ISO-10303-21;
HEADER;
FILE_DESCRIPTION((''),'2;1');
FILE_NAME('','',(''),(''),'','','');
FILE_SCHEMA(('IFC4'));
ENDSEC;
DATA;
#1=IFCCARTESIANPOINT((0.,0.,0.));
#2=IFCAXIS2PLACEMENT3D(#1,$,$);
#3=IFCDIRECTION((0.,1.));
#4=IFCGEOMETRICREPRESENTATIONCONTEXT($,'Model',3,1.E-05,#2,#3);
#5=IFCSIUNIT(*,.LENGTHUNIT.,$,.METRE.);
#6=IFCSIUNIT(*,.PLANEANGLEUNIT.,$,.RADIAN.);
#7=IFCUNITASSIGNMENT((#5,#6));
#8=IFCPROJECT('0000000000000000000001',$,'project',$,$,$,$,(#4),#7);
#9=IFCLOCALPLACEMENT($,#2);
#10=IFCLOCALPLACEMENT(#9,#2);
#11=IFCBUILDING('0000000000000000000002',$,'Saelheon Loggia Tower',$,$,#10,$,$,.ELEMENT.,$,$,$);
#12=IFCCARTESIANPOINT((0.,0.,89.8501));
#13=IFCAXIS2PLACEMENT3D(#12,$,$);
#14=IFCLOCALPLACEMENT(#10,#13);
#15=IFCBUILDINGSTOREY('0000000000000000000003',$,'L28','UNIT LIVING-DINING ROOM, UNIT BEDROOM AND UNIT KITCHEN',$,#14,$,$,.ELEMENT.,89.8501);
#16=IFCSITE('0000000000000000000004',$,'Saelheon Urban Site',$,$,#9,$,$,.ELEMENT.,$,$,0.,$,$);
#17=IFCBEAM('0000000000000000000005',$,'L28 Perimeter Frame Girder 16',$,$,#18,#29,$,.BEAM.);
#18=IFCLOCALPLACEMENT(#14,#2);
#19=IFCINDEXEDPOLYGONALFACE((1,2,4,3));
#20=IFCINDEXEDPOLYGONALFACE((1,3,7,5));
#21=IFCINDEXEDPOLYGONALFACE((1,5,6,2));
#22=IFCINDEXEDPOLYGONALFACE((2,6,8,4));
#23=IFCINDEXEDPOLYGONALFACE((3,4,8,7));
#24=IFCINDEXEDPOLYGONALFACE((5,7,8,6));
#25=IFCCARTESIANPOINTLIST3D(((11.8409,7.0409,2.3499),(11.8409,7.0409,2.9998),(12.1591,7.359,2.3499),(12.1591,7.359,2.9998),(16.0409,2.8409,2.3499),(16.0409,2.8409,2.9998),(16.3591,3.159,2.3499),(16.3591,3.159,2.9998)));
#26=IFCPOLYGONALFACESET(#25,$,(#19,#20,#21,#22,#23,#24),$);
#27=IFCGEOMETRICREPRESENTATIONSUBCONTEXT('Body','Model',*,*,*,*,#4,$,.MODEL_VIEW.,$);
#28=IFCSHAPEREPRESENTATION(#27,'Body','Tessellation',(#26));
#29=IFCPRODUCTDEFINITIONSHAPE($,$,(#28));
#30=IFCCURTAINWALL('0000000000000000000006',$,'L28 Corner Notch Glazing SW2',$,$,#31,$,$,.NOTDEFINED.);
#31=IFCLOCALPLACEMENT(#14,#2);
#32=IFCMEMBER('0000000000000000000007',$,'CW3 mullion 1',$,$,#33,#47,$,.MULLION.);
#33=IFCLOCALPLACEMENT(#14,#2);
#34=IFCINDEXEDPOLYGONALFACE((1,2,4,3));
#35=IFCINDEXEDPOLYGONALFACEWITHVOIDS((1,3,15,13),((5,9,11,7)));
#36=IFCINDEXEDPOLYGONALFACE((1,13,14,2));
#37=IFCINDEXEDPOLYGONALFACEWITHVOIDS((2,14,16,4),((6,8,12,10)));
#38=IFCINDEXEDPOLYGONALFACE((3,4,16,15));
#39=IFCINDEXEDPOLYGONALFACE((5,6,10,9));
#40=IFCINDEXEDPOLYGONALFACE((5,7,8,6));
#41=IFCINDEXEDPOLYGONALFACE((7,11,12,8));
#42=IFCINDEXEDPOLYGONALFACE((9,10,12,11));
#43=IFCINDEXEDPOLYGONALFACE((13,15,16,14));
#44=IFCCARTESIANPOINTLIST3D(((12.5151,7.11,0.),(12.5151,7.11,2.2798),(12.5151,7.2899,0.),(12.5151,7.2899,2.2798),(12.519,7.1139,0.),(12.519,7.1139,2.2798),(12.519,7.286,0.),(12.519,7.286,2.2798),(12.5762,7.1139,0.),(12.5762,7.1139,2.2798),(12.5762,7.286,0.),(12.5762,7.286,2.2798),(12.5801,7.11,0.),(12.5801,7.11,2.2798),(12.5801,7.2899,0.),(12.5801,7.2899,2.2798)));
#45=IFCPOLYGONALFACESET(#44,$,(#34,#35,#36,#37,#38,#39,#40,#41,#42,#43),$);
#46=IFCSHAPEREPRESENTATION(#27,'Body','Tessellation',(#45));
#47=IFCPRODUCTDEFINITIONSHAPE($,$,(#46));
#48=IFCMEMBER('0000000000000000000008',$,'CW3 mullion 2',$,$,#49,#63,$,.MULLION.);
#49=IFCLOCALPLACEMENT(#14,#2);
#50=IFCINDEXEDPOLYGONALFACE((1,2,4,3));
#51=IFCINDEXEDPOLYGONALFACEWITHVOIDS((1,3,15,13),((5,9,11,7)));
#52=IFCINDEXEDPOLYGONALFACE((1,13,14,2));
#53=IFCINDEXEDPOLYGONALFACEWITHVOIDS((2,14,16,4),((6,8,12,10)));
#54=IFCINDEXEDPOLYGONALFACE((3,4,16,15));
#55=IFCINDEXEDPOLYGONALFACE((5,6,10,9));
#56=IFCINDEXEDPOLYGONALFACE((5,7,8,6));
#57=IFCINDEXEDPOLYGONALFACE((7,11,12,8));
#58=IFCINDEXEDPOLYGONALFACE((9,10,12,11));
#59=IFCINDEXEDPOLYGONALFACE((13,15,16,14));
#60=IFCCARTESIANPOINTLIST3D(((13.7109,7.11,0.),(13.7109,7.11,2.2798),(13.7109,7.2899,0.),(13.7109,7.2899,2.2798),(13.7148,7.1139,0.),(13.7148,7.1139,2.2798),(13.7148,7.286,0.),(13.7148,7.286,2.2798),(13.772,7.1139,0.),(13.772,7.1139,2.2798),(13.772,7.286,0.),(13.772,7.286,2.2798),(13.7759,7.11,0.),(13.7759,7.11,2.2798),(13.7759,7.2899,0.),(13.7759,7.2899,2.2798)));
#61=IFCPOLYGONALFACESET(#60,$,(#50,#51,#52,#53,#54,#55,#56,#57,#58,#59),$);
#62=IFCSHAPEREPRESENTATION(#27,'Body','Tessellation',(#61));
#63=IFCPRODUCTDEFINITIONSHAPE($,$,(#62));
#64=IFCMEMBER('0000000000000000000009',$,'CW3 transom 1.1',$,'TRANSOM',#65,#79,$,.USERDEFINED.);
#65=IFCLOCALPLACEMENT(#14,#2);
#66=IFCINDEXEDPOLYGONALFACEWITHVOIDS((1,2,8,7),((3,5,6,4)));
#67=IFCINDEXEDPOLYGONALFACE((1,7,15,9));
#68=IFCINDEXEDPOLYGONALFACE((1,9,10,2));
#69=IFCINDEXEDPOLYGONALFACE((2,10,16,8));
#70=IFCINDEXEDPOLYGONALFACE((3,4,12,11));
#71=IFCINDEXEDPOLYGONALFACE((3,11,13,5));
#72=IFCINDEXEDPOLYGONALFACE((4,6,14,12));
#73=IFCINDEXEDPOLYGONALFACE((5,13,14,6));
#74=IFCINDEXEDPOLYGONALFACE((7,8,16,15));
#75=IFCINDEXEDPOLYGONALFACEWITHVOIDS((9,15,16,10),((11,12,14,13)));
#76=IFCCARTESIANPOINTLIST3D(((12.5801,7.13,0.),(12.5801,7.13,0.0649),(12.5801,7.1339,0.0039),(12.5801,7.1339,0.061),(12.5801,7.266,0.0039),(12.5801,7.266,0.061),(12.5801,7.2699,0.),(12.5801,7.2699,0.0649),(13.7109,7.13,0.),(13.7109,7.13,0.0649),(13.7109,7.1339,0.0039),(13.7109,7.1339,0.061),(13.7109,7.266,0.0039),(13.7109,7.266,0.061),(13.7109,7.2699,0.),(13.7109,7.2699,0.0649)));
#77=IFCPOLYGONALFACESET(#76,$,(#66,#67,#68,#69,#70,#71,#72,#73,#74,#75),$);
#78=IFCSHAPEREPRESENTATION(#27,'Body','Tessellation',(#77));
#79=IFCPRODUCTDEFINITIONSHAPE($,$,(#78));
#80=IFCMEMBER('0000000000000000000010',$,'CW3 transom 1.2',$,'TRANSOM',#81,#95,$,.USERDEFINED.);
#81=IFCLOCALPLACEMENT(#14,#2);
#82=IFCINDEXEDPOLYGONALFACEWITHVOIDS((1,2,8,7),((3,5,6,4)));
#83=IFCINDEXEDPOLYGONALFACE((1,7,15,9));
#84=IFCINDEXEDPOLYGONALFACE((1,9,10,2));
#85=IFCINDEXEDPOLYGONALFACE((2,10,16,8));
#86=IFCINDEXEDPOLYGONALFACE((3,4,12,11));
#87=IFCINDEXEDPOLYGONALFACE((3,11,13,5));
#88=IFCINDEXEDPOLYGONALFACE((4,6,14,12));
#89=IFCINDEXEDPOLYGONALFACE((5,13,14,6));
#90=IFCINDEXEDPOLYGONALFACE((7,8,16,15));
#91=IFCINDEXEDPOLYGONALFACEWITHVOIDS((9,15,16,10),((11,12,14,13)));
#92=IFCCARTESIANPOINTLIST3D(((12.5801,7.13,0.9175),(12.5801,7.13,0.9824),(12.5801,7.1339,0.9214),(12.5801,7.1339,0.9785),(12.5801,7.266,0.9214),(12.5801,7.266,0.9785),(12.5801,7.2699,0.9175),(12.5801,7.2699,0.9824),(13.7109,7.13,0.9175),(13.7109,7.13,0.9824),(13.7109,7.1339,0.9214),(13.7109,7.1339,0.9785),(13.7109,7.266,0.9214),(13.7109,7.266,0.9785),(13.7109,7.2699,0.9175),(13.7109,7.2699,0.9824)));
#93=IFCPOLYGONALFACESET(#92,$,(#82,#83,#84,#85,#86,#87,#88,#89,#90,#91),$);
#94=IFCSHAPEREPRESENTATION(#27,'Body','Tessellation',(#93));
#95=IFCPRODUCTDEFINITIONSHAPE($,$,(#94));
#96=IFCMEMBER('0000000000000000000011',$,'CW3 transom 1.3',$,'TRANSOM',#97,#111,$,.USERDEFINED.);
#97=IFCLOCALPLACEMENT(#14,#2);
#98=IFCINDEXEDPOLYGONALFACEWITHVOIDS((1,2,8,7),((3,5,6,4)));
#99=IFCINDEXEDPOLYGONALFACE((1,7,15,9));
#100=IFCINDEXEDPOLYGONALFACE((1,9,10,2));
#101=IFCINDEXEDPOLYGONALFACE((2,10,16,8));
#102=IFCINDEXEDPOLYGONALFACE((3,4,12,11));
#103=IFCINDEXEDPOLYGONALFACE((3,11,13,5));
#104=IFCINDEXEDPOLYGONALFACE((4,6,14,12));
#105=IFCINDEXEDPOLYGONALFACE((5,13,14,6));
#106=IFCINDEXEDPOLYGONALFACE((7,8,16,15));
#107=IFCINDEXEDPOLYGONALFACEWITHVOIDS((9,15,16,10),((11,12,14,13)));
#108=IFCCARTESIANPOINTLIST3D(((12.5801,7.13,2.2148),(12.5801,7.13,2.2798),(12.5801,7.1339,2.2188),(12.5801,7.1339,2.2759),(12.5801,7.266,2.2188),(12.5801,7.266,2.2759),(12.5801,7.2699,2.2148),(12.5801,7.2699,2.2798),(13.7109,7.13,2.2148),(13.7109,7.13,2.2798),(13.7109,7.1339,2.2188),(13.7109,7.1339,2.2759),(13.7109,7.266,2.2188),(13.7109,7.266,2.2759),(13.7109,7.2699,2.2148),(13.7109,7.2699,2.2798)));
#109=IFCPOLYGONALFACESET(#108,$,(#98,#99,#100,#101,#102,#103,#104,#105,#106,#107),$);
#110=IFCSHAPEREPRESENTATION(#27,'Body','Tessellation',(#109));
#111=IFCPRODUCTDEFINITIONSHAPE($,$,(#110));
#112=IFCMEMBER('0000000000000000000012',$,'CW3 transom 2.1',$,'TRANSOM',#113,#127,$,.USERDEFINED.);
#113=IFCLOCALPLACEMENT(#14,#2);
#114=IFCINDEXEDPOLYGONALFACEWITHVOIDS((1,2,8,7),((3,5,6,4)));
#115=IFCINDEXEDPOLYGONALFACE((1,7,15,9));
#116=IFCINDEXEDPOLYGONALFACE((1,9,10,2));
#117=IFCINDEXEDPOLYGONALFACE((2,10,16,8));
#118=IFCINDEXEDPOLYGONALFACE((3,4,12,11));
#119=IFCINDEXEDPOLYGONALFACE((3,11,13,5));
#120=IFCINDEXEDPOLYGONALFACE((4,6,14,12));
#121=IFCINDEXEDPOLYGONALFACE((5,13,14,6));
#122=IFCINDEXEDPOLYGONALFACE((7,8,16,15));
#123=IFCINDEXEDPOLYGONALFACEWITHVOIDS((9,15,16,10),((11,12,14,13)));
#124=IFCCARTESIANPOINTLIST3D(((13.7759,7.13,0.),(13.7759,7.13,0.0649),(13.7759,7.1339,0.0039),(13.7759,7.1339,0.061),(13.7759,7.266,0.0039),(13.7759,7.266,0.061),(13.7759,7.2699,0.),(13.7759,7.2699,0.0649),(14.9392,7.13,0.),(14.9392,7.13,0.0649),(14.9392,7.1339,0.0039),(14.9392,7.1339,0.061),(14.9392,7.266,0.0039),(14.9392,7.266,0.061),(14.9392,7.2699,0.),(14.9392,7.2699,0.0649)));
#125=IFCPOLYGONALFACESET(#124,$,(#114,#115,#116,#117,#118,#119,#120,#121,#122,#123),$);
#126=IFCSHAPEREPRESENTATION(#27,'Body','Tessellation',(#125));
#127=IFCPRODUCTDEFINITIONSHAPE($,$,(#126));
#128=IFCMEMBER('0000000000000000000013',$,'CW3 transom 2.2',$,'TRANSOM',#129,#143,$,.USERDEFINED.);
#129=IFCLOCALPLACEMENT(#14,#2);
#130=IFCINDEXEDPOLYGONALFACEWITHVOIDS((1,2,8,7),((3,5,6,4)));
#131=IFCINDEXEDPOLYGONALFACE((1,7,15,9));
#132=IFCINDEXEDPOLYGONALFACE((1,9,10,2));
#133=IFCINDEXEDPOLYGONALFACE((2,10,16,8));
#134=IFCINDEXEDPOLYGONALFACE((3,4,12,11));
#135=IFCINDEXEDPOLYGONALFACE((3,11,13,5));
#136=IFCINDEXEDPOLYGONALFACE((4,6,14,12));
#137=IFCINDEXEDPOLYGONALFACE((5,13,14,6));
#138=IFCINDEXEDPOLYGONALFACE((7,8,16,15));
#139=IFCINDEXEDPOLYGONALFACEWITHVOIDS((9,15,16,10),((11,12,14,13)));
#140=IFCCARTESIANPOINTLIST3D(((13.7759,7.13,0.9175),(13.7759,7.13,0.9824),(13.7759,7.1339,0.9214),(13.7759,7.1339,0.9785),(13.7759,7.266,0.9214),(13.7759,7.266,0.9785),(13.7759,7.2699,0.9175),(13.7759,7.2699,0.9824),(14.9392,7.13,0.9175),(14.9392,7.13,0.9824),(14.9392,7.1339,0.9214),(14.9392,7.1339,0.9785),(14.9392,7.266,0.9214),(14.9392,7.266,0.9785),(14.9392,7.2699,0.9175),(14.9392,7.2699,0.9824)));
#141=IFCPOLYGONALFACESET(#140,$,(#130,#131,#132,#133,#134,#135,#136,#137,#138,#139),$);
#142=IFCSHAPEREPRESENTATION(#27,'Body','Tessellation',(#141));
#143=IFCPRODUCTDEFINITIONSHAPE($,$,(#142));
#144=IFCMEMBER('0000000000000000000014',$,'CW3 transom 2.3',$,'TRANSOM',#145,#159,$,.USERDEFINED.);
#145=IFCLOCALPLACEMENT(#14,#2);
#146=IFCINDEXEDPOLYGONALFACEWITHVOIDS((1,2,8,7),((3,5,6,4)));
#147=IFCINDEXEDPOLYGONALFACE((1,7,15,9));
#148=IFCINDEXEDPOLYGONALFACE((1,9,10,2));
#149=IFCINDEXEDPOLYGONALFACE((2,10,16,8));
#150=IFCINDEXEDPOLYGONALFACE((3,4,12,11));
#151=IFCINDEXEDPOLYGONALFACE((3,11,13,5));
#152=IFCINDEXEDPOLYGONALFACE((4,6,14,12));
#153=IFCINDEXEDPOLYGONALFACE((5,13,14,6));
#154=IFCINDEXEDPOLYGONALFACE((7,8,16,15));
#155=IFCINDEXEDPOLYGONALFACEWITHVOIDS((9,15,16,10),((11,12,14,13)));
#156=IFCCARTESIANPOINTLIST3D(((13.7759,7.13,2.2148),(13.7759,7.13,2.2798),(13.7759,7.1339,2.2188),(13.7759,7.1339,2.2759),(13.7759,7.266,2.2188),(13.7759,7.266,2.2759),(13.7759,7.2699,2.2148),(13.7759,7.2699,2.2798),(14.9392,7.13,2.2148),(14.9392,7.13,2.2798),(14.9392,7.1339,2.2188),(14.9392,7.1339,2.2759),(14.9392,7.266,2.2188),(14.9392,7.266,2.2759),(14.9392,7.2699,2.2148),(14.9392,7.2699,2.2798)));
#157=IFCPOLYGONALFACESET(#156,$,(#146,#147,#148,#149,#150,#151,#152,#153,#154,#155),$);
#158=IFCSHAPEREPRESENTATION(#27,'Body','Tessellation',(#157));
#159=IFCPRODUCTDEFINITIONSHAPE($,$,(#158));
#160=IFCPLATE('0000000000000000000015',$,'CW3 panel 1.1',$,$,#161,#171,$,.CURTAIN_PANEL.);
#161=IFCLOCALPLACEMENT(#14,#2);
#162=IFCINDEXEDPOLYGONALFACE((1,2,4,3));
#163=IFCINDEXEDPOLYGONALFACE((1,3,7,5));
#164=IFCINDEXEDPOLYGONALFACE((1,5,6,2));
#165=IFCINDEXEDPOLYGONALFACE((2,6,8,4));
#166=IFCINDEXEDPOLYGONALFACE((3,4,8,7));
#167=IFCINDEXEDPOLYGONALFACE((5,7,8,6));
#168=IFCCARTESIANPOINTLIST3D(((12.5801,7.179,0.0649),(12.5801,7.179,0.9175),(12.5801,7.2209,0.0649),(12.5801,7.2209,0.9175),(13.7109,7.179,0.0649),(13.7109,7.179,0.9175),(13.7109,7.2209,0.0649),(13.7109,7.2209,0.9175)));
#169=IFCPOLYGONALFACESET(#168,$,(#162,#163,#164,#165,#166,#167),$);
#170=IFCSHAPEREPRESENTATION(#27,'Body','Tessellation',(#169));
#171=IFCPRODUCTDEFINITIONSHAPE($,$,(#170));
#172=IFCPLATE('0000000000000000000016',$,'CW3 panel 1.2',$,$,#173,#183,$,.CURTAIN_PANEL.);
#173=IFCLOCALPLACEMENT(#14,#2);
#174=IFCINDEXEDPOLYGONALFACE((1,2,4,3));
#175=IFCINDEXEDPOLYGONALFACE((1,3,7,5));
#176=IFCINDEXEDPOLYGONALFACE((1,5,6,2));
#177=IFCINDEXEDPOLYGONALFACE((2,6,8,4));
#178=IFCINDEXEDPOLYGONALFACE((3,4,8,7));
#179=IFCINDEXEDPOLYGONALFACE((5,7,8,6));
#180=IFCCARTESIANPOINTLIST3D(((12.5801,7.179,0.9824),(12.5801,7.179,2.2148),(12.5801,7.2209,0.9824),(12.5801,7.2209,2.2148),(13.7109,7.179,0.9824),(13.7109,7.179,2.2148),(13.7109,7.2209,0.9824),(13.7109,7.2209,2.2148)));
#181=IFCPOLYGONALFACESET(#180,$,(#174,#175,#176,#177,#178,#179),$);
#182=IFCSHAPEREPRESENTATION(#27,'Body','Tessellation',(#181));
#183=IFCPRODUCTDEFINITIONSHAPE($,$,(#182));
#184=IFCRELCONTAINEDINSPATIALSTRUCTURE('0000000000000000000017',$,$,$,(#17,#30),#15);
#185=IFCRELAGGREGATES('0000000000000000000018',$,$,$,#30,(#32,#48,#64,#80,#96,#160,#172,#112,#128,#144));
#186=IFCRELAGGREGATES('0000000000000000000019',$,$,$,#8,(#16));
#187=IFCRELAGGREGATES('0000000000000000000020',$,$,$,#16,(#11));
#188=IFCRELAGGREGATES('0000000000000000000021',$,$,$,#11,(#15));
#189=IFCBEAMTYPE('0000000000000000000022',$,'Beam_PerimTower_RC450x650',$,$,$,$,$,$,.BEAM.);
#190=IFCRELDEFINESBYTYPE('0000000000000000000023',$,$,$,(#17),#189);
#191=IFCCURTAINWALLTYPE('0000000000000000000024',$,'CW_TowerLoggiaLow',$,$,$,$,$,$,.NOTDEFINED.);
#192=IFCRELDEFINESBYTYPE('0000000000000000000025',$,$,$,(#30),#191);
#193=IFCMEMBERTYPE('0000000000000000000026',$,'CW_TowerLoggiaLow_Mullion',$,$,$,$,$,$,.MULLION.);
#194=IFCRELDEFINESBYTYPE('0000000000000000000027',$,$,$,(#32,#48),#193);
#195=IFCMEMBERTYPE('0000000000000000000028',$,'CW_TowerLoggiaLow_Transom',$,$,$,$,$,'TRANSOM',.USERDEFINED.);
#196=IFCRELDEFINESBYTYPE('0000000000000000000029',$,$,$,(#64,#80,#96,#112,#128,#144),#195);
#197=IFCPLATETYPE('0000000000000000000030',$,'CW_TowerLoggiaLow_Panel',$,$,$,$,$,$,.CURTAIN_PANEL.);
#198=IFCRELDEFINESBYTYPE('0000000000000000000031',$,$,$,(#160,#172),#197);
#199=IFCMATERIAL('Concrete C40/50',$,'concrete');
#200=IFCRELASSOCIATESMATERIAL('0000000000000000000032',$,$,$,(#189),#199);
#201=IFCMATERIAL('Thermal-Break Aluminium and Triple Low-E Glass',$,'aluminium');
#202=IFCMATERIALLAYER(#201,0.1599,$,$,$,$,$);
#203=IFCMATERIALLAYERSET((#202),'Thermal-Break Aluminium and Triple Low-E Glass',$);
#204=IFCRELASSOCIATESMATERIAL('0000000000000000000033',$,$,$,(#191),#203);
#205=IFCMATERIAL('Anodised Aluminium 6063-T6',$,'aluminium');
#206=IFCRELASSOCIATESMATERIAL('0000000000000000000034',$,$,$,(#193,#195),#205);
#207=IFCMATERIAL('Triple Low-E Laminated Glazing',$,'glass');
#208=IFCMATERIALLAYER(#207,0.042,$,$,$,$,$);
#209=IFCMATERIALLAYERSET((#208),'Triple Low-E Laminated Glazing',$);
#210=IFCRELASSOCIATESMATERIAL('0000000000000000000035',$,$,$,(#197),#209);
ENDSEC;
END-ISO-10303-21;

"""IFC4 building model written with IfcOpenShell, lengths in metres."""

from ifc_helpers import new_model, si_unit, direction, frame, origin, origin_2d, place, context, subcontext, project, spatial, rectangle, hollow_rectangle, extrude, source, transform, mapped, material, layer, layer_set, material_profile, profile_set, type_object, element, aggregate, save


model = new_model("IFC4")

# Units and contexts
model_context = context("Model", 3, precision=1e-05, world=origin(), true_north=direction((0.0, 1.0)))
body_context = subcontext(model_context, "Body", "Model", "MODEL_VIEW")
ifc_project = project(units=[si_unit("LENGTHUNIT", "METRE"), si_unit("PLANEANGLEUNIT", "RADIAN")], contexts=[model_context])

# Site, building, storey
site_placement = place(None, origin())
site = spatial("IfcSite", under=ifc_project, at=site_placement, Name="Saelheon Urban Site", CompositionType="ELEMENT", RefElevation=0.0)
building_placement = place(site_placement, origin())
building = spatial("IfcBuilding", under=site, at=building_placement, Name="Saelheon Loggia Tower", CompositionType="ELEMENT")
storey_placement = place(building_placement, frame((0.0, 0.0, 89.8501)))
storey = spatial("IfcBuildingStorey", under=building, at=storey_placement, Name="L28", Description="UNIT LIVING-DINING ROOM, UNIT BEDROOM AND UNIT KITCHEN", CompositionType="ELEMENT", Elevation=89.8501)

# Beam
ifc_material_1 = material(Name="Concrete C40/50", Category="concrete")
ifc_material_profile_1 = material_profile(ifc_material_1, rectangle(XDim=0.45, YDim=0.6499, at=origin_2d()), Name="RC-450x650")
ifc_profile_set_1 = profile_set([ifc_material_profile_1], Name="Concrete C40/50")
beam_type = type_object("IfcBeamType", Name="Beam_PerimTower_RC450x650", PredefinedType="BEAM", material=ifc_profile_set_1)
shared_shape_1 = source(origin(), body_context, "Body", "SweptSolid", [
    extrude(rectangle(XDim=0.45, YDim=0.6499, at=origin_2d()), origin(), (0.0, 0.0, 1.0), 5.9397),
])
beam_placement = place(storey_placement, frame((12.0, 7.2, 2.6748), z_axis=(0.707107, -0.707107, 0.0), x_axis=(0.707107, 0.707107, 0.0)))
element("IfcBeam", 1, at=beam_placement, inside=storey, type_object=beam_type, Name="L28 Perimeter Frame Girder 16", PredefinedType="BEAM", context=body_context, shape_type="MappedRepresentation", body=[
    mapped(shared_shape_1, transform((0.0, 0.0, 0.0), scale=1.0)),
])

# Curtain wall, members, plates
ifc_material_2 = material(Name="Thermal-Break Aluminium and Triple Low-E Glass", Category="aluminium")
ifc_layer_1 = layer(ifc_material_2, 0.1599)
ifc_layer_set_1 = layer_set([ifc_layer_1], Name="Thermal-Break Aluminium and Triple Low-E Glass")
curtain_wall_type = type_object("IfcCurtainWallType", Name="CW_TowerLoggiaLow", PredefinedType="NOTDEFINED", material=ifc_layer_set_1)
curtain_wall_placement = place(storey_placement, origin())
curtain_wall = element("IfcCurtainWall", 2, at=curtain_wall_placement, inside=storey, type_object=curtain_wall_type, Name="L28 Corner Notch Glazing SW2", PredefinedType="NOTDEFINED")
ifc_material_3 = material(Name="Anodised Aluminium 6063-T6", Category="aluminium")
ifc_material_profile_2 = material_profile(ifc_material_3, hollow_rectangle(XDim=0.0649, YDim=0.1799, WallThickness=0.0039, at=origin_2d()), Name="RHS-180x65x4")
ifc_profile_set_2 = profile_set([ifc_material_profile_2], Name="Anodised Aluminium 6063-T6")
member_type_1 = type_object("IfcMemberType", Name="CW_TowerLoggiaLow_Mullion", PredefinedType="MULLION", material=ifc_profile_set_2)
shared_shape_2 = source(origin(), body_context, "Body", "SweptSolid", [
    extrude(hollow_rectangle(XDim=0.0649, YDim=0.1799, WallThickness=0.0039, at=origin_2d()), origin(), (0.0, 0.0, 1.0), 2.2798),
])
member_1_placement = place(storey_placement, frame((12.5476, 7.2, 0.0), z_axis=(0.0, 0.0, 1.0), x_axis=(1.0, 0.0, 0.0)))
member_1 = element("IfcMember", 3, at=member_1_placement, type_object=member_type_1, Name="CW3 mullion 1", PredefinedType="MULLION", context=body_context, shape_type="MappedRepresentation", body=[
    mapped(shared_shape_2, transform((0.0, 0.0, 0.0), scale=1.0)),
])
member_2_placement = place(storey_placement, frame((13.7434, 7.2, 0.0), z_axis=(0.0, 0.0, 1.0), x_axis=(1.0, 0.0, 0.0)))
member_2 = element("IfcMember", 4, at=member_2_placement, type_object=member_type_1, Name="CW3 mullion 2", PredefinedType="MULLION", context=body_context, shape_type="MappedRepresentation", body=[
    mapped(shared_shape_2, transform((0.0, 0.0, 0.0), scale=1.0)),
])
ifc_material_profile_3 = material_profile(ifc_material_3, hollow_rectangle(XDim=0.0649, YDim=0.1399, WallThickness=0.0039, at=origin_2d()), Name="RHS-140x65x4")
ifc_profile_set_3 = profile_set([ifc_material_profile_3], Name="Anodised Aluminium 6063-T6")
member_type_2 = type_object("IfcMemberType", Name="CW_TowerLoggiaLow_Transom", ElementType="TRANSOM", PredefinedType="USERDEFINED", material=ifc_profile_set_3)
shared_shape_3 = source(origin(), body_context, "Body", "SweptSolid", [
    extrude(hollow_rectangle(XDim=0.0649, YDim=0.1399, WallThickness=0.0039, at=origin_2d()), origin(), (0.0, 0.0, 1.0), 1.1309),
])
member_3_placement = place(storey_placement, frame((12.5801, 7.2, 0.0325), z_axis=(1.0, 0.0, 0.0), x_axis=(0.0, 0.0, 1.0)))
member_3 = element("IfcMember", 5, at=member_3_placement, type_object=member_type_2, Name="CW3 transom 1.1", ObjectType="TRANSOM", PredefinedType="USERDEFINED", context=body_context, shape_type="MappedRepresentation", body=[
    mapped(shared_shape_3, transform((0.0, 0.0, 0.0), scale=1.0)),
])
member_4_placement = place(storey_placement, frame((12.5801, 7.2, 0.95), z_axis=(1.0, 0.0, 0.0), x_axis=(0.0, 0.0, 1.0)))
member_4 = element("IfcMember", 6, at=member_4_placement, type_object=member_type_2, Name="CW3 transom 1.2", ObjectType="TRANSOM", PredefinedType="USERDEFINED", context=body_context, shape_type="MappedRepresentation", body=[
    mapped(shared_shape_3, transform((0.0, 0.0, 0.0), scale=1.0)),
])
member_5_placement = place(storey_placement, frame((12.5801, 7.2, 2.2473), z_axis=(1.0, 0.0, 0.0), x_axis=(0.0, 0.0, 1.0)))
member_5 = element("IfcMember", 7, at=member_5_placement, type_object=member_type_2, Name="CW3 transom 1.3", ObjectType="TRANSOM", PredefinedType="USERDEFINED", context=body_context, shape_type="MappedRepresentation", body=[
    mapped(shared_shape_3, transform((0.0, 0.0, 0.0), scale=1.0)),
])
shared_shape_4 = source(origin(), body_context, "Body", "SweptSolid", [
    extrude(hollow_rectangle(XDim=0.0649, YDim=0.1399, WallThickness=0.0039, at=origin_2d()), origin(), (0.0, 0.0, 1.0), 1.1633),
])
member_6_placement = place(storey_placement, frame((13.7759, 7.2, 0.0325), z_axis=(1.0, 0.0, 0.0), x_axis=(0.0, 0.0, 1.0)))
member_6 = element("IfcMember", 8, at=member_6_placement, type_object=member_type_2, Name="CW3 transom 2.1", ObjectType="TRANSOM", PredefinedType="USERDEFINED", context=body_context, shape_type="MappedRepresentation", body=[
    mapped(shared_shape_4, transform((0.0, 0.0, 0.0), scale=1.0)),
])
member_7_placement = place(storey_placement, frame((13.7759, 7.2, 0.95), z_axis=(1.0, 0.0, 0.0), x_axis=(0.0, 0.0, 1.0)))
member_7 = element("IfcMember", 9, at=member_7_placement, type_object=member_type_2, Name="CW3 transom 2.2", ObjectType="TRANSOM", PredefinedType="USERDEFINED", context=body_context, shape_type="MappedRepresentation", body=[
    mapped(shared_shape_4, transform((0.0, 0.0, 0.0), scale=1.0)),
])
member_8_placement = place(storey_placement, frame((13.7759, 7.2, 2.2473), z_axis=(1.0, 0.0, 0.0), x_axis=(0.0, 0.0, 1.0)))
member_8 = element("IfcMember", 10, at=member_8_placement, type_object=member_type_2, Name="CW3 transom 2.3", ObjectType="TRANSOM", PredefinedType="USERDEFINED", context=body_context, shape_type="MappedRepresentation", body=[
    mapped(shared_shape_4, transform((0.0, 0.0, 0.0), scale=1.0)),
])
ifc_material_4 = material(Name="Triple Low-E Laminated Glazing", Category="glass")
ifc_layer_2 = layer(ifc_material_4, 0.042)
ifc_layer_set_2 = layer_set([ifc_layer_2], Name="Triple Low-E Laminated Glazing")
plate_type = type_object("IfcPlateType", Name="CW_TowerLoggiaLow_Panel", PredefinedType="CURTAIN_PANEL", material=ifc_layer_set_2)
shared_shape_5 = source(origin(), body_context, "Body", "SweptSolid", [
    extrude(rectangle(XDim=1.1309, YDim=0.042, at=origin_2d()), origin(), (0.0, 0.0, 1.0), 0.8525),
])
plate_1_placement = place(storey_placement, frame((13.1455, 7.2, 0.0649), z_axis=(0.0, 0.0, 1.0), x_axis=(1.0, 0.0, 0.0)))
plate_1 = element("IfcPlate", 11, at=plate_1_placement, type_object=plate_type, Name="CW3 panel 1.1", PredefinedType="CURTAIN_PANEL", context=body_context, shape_type="MappedRepresentation", body=[
    mapped(shared_shape_5, transform((0.0, 0.0, 0.0), scale=1.0)),
])
shared_shape_6 = source(origin(), body_context, "Body", "SweptSolid", [
    extrude(rectangle(XDim=1.1309, YDim=0.042, at=origin_2d()), origin(), (0.0, 0.0, 1.0), 1.2324),
])
plate_2_placement = place(storey_placement, frame((13.1455, 7.2, 0.9824), z_axis=(0.0, 0.0, 1.0), x_axis=(1.0, 0.0, 0.0)))
plate_2 = element("IfcPlate", 12, at=plate_2_placement, type_object=plate_type, Name="CW3 panel 1.2", PredefinedType="CURTAIN_PANEL", context=body_context, shape_type="MappedRepresentation", body=[
    mapped(shared_shape_6, transform((0.0, 0.0, 0.0), scale=1.0)),
])
aggregate(curtain_wall, [member_1, member_2, member_3, member_4, member_5, plate_1, plate_2, member_6, member_7, member_8])

save(model, "model.ifc")
